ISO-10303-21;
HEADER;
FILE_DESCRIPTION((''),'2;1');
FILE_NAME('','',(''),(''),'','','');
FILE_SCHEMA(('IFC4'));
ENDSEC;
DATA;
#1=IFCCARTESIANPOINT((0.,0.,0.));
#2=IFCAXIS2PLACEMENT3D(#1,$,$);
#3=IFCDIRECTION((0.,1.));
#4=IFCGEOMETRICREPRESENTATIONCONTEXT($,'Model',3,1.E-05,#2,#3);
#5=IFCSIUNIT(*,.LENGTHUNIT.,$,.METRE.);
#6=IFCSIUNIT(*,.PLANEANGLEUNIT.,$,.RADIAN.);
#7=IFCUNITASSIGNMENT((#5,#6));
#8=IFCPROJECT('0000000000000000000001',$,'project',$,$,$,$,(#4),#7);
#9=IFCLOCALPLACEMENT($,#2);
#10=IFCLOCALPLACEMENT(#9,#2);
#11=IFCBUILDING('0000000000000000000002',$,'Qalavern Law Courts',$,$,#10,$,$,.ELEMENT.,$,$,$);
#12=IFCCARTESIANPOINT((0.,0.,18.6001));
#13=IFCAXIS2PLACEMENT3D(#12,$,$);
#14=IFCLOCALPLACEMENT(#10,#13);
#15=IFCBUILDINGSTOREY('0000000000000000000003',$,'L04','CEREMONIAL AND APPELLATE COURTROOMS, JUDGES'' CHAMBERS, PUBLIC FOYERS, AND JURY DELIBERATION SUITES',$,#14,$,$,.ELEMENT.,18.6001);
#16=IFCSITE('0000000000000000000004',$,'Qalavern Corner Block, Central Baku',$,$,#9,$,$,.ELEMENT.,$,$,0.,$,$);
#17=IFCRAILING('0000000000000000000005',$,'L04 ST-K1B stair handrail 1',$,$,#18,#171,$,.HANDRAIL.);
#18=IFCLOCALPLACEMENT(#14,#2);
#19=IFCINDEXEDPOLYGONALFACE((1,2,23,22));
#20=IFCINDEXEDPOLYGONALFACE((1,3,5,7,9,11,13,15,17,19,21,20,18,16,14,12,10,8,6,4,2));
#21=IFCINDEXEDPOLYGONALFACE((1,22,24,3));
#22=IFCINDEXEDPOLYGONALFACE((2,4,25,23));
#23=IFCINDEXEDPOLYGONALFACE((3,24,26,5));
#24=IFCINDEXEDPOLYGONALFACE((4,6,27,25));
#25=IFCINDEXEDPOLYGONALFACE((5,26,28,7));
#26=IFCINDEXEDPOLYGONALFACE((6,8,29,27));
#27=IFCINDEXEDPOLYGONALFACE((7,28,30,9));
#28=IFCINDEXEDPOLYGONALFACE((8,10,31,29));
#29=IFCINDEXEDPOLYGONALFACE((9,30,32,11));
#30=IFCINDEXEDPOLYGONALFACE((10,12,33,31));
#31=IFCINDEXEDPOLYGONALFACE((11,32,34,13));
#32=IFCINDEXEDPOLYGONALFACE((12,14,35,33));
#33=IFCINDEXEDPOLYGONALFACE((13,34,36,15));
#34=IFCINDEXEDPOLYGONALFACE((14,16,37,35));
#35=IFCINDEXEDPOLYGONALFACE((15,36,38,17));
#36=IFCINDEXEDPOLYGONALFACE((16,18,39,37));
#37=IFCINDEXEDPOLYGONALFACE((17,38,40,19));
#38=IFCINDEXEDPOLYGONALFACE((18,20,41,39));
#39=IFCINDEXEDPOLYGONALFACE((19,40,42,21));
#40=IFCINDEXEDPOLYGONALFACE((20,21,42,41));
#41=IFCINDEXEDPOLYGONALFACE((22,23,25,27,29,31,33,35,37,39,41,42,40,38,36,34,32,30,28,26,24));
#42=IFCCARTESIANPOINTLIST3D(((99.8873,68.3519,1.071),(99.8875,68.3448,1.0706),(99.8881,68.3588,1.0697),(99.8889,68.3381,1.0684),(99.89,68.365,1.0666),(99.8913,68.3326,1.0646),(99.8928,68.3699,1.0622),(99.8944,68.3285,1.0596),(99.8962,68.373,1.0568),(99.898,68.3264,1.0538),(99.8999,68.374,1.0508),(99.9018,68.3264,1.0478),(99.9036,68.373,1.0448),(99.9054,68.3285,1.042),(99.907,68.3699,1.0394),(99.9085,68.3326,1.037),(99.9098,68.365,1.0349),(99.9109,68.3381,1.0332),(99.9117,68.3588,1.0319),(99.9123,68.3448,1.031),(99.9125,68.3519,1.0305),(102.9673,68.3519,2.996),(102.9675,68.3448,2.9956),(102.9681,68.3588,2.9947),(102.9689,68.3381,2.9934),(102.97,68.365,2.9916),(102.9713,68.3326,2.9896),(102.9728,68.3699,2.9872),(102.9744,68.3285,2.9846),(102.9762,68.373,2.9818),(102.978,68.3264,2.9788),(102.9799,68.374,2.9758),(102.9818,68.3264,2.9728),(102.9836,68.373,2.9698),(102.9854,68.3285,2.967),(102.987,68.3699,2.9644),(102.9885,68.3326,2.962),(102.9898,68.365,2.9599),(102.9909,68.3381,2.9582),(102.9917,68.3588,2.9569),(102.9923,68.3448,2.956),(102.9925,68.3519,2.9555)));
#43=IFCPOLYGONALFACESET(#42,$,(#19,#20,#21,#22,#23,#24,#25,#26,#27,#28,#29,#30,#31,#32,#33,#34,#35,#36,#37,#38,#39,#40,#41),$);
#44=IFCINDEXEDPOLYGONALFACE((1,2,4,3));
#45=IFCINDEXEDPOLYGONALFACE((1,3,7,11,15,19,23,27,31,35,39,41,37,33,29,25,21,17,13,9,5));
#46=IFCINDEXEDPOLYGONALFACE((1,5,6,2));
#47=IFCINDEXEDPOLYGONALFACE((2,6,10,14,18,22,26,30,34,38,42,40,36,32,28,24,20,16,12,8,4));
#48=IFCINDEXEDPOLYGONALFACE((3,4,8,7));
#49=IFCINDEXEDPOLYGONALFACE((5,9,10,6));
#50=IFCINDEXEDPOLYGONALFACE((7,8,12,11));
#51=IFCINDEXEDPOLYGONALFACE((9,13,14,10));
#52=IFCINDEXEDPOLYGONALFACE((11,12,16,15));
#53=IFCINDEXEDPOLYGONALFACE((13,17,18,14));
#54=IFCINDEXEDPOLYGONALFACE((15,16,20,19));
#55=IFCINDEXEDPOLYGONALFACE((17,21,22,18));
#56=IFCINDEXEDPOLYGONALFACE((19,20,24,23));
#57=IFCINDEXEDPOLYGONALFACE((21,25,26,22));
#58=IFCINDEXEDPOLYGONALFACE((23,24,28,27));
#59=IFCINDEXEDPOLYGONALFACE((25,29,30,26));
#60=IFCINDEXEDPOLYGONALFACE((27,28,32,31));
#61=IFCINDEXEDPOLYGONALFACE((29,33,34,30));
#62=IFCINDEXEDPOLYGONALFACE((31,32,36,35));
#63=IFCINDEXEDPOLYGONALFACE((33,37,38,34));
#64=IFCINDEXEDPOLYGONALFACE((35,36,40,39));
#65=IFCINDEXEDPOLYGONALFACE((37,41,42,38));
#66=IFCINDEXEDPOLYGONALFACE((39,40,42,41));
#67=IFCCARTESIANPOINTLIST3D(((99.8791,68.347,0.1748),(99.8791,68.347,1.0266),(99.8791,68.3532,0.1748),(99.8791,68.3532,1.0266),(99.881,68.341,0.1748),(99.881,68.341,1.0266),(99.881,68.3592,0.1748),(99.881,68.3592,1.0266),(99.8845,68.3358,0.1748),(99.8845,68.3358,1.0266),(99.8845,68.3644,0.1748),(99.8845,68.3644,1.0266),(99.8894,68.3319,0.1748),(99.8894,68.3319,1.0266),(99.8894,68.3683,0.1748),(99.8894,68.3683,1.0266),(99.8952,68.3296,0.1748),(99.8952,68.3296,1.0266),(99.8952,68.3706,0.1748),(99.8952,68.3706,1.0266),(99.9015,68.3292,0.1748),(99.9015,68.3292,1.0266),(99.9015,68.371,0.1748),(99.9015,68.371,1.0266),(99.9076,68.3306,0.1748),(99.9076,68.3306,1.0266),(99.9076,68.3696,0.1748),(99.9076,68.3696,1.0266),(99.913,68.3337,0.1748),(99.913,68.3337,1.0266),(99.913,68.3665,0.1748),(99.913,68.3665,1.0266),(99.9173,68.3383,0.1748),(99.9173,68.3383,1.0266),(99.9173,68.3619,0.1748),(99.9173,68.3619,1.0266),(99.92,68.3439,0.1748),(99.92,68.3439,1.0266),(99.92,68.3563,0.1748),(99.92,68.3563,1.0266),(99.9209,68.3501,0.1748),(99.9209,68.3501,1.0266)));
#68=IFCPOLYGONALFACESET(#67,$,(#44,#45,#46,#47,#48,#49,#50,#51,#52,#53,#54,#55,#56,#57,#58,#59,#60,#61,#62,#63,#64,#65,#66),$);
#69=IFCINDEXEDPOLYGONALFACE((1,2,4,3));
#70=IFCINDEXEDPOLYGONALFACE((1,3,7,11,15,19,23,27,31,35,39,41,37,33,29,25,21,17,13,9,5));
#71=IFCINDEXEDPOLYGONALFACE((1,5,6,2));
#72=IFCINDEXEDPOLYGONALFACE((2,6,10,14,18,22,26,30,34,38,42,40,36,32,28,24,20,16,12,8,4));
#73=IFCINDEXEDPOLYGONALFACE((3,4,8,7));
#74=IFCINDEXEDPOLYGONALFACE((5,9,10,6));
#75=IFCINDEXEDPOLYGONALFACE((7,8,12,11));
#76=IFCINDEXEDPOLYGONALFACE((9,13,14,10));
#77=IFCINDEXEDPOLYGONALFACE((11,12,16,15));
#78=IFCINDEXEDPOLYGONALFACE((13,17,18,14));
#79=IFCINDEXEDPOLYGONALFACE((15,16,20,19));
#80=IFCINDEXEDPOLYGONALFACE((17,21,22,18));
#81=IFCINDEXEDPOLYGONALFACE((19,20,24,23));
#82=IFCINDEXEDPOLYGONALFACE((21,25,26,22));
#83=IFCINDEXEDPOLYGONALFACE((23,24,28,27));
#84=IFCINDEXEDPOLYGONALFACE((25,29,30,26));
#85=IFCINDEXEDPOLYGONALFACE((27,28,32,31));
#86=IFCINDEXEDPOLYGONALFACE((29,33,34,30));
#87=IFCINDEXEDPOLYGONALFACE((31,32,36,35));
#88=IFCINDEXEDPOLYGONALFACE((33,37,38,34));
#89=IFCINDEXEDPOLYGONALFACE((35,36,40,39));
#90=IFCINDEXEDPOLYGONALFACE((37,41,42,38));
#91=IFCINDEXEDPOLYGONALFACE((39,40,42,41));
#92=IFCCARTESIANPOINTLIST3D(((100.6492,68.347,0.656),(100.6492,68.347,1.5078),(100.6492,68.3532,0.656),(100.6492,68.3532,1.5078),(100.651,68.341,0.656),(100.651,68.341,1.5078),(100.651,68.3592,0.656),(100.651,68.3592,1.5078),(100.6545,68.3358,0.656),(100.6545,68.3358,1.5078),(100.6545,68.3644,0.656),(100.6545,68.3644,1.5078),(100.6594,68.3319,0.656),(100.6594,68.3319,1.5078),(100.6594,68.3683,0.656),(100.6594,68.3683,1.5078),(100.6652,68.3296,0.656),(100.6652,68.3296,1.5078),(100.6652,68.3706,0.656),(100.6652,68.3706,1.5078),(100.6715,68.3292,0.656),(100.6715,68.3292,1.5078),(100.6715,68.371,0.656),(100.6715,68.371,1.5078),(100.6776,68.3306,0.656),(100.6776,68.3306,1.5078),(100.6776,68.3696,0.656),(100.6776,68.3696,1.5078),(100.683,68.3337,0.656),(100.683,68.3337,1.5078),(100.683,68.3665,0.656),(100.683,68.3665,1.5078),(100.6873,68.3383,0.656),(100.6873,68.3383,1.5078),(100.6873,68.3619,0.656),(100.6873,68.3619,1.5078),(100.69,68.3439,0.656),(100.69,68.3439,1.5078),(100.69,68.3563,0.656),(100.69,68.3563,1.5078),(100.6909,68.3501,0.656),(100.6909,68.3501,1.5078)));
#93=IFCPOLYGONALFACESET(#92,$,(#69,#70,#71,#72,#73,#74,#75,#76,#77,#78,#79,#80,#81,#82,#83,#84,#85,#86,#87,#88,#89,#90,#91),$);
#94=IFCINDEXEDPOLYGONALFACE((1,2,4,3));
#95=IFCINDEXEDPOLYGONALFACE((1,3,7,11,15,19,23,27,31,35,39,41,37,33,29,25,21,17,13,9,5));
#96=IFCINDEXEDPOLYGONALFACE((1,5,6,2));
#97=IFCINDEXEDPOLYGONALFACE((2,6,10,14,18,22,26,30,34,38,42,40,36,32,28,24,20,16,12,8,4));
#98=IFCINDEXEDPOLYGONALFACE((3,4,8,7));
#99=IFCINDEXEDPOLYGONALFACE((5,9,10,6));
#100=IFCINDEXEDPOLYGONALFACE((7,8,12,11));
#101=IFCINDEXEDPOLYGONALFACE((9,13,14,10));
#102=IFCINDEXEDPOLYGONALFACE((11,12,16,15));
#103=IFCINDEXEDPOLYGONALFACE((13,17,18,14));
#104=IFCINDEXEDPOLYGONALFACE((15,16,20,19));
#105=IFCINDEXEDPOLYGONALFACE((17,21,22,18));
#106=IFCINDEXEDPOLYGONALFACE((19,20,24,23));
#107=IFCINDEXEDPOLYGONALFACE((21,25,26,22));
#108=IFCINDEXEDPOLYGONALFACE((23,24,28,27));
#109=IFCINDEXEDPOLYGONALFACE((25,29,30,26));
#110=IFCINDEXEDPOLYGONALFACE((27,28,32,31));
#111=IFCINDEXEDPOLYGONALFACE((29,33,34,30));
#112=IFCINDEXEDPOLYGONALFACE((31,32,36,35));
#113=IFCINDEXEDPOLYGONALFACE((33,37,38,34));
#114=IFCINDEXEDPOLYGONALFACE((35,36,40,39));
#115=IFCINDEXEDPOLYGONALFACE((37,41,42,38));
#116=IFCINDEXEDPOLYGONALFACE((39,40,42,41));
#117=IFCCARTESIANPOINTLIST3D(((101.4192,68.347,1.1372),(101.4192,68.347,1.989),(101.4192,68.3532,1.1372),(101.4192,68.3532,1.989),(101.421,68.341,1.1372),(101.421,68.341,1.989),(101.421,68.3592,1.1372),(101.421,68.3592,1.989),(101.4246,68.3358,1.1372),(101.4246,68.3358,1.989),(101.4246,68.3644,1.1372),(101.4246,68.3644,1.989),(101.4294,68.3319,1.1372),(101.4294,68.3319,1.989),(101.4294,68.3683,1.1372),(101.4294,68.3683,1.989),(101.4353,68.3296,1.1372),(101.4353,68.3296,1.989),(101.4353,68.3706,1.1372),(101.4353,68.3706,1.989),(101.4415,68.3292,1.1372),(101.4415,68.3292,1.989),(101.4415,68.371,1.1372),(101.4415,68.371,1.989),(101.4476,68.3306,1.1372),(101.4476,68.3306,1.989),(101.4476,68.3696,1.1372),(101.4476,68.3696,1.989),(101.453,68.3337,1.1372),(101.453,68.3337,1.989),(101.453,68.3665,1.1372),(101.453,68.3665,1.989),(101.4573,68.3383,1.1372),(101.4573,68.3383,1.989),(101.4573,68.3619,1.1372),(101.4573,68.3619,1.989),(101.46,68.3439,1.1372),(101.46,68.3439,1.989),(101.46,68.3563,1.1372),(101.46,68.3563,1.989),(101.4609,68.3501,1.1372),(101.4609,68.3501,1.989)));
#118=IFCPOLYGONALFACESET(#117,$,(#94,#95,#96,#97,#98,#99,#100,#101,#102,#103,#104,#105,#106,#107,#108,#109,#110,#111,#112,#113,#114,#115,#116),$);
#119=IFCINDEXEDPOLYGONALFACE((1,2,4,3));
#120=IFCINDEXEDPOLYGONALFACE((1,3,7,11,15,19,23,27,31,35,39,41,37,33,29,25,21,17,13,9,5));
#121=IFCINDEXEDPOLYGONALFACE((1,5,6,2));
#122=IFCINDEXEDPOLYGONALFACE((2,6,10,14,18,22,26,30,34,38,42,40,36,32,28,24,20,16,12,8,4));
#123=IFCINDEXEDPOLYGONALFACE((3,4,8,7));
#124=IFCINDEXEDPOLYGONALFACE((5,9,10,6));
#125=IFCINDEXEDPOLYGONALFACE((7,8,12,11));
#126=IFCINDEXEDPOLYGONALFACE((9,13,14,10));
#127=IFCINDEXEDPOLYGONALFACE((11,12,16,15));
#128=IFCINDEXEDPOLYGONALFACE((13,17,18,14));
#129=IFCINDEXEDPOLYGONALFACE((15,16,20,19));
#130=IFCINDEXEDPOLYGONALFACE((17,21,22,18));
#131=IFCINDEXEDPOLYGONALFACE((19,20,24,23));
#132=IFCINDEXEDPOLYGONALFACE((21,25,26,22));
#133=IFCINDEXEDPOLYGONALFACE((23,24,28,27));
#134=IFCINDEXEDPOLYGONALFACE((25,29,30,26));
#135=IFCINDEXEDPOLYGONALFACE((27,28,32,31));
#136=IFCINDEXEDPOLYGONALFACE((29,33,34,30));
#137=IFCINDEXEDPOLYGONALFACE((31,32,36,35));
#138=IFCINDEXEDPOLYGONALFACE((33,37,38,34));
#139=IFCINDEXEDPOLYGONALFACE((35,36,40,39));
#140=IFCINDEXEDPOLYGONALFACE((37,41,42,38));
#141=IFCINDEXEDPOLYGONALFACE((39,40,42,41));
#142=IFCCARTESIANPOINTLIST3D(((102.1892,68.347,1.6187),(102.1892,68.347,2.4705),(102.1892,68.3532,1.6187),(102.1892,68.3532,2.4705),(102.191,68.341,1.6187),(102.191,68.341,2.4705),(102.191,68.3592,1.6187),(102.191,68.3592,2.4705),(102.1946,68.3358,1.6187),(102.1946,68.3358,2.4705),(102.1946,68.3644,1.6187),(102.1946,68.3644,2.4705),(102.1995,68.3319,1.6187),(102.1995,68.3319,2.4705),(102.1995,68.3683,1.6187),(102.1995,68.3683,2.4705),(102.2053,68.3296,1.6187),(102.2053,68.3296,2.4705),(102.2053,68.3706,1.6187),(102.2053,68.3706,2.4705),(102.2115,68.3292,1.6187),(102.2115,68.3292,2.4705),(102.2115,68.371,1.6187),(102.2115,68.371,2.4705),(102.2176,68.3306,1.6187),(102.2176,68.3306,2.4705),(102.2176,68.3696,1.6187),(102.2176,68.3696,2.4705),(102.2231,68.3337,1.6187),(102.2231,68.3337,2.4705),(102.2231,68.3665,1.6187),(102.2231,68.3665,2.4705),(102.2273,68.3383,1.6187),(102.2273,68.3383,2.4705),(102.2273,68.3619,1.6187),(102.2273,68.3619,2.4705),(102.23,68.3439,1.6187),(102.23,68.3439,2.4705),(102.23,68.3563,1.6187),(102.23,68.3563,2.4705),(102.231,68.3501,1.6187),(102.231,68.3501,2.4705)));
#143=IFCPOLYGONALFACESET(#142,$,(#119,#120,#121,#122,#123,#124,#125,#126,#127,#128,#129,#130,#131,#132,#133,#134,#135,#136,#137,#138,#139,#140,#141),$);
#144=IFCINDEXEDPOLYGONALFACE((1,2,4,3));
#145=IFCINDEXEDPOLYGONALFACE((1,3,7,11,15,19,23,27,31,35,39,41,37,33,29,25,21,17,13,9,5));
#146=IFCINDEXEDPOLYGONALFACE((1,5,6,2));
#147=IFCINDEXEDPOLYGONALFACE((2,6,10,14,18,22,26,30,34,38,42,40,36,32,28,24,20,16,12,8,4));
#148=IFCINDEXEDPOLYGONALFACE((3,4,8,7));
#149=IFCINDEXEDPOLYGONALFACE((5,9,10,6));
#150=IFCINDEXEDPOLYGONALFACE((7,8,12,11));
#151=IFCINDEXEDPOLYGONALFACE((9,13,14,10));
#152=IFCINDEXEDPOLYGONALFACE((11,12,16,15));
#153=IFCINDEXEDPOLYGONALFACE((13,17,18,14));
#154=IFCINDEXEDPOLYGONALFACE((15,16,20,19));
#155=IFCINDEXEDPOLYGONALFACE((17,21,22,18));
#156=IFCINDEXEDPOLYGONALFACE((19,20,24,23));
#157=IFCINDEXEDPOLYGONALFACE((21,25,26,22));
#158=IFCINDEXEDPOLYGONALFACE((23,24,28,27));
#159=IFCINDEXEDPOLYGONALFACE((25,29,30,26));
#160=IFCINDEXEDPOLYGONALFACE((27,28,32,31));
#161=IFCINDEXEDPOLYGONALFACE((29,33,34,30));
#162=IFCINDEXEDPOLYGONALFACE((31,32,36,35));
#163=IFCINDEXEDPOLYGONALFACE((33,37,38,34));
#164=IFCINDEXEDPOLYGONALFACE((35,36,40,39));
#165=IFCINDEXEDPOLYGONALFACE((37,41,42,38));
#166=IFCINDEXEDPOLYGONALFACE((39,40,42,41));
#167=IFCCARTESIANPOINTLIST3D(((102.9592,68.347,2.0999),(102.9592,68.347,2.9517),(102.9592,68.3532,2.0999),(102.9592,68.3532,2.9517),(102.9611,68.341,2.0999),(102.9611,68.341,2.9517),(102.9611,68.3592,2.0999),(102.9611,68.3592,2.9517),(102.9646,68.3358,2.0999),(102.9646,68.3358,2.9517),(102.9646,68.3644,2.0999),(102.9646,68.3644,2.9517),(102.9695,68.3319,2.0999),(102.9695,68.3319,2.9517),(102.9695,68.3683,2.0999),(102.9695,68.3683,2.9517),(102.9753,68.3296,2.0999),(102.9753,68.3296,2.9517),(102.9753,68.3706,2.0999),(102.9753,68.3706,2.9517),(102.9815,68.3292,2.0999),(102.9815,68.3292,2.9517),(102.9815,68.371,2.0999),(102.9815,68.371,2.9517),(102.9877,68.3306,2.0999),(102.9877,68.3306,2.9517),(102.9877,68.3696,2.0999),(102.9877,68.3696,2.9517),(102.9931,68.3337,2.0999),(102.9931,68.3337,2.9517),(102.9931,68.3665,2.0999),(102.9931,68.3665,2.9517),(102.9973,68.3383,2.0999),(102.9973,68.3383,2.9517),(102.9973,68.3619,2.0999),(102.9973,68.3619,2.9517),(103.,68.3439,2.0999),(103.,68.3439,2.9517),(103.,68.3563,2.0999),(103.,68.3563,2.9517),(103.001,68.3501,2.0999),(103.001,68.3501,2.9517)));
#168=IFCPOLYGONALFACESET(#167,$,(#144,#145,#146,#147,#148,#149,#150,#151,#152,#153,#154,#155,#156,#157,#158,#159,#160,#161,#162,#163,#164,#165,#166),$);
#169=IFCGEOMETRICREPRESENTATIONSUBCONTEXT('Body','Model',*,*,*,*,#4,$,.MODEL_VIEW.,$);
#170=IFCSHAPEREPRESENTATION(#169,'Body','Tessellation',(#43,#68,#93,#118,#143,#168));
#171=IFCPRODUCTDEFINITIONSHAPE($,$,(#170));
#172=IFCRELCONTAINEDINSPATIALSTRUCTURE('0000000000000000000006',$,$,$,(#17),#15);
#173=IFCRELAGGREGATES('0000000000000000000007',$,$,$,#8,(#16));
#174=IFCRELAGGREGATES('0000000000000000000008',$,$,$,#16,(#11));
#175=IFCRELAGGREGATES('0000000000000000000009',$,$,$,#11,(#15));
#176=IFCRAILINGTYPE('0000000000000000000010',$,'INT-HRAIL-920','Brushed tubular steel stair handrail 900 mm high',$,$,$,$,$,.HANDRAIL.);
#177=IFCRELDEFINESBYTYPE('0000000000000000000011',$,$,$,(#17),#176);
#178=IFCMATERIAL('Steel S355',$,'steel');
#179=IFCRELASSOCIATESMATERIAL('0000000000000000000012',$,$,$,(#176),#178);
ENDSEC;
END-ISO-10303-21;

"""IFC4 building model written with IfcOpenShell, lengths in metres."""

from ifc_helpers import new_model, si_unit, direction, frame, origin, origin_2d, place, context, subcontext, project, spatial, circle, extrude, material, type_object, element, save


model = new_model("IFC4")

# Units and contexts
model_context = context("Model", 3, precision=1e-05, world=origin(), true_north=direction((0.0, 1.0)))
body_context = subcontext(model_context, "Body", "Model", "MODEL_VIEW")
ifc_project = project(units=[si_unit("LENGTHUNIT", "METRE"), si_unit("PLANEANGLEUNIT", "RADIAN")], contexts=[model_context])

# Site, building, storey
site_placement = place(None, origin())
site = spatial("IfcSite", under=ifc_project, at=site_placement, Name="Qalavern Corner Block, Central Baku", CompositionType="ELEMENT", RefElevation=0.0)
building_placement = place(site_placement, origin())
building = spatial("IfcBuilding", under=site, at=building_placement, Name="Qalavern Law Courts", CompositionType="ELEMENT")
storey_placement = place(building_placement, frame((0.0, 0.0, 18.6001)))
storey = spatial("IfcBuildingStorey", under=building, at=storey_placement, Name="L04", Description="CEREMONIAL AND APPELLATE COURTROOMS, JUDGES' CHAMBERS, PUBLIC FOYERS, AND JURY DELIBERATION SUITES", CompositionType="ELEMENT", Elevation=18.6001)

# Shared definitions
ifc_material_1 = material(Name="Steel S355", Category="steel")

# Railing
railing_type_1 = type_object("IfcRailingType", Name="INT-HRAIL-920", Description="Brushed tubular steel stair handrail 900 mm high", PredefinedType="HANDRAIL", material=ifc_material_1)
railing_1_placement = place(storey_placement, frame((99.8999, 68.3501, 0.1748)))
element("IfcRailing", 1, at=railing_1_placement, inside=storey, type_object=railing_type_1, Name="L04 ST-K1B stair handrail 1", PredefinedType="HANDRAIL", context=body_context, shape_type="SweptSolid", body=[
    extrude(circle(Radius=0.0239, at=origin_2d()), frame((0.0, 0.0, 0.876), z_axis=(0.847998, 0.0, 0.529999), x_axis=(0.0, 1.0, 0.0)), (0.0, 0.0, 1.0), 3.6321),
    extrude(circle(Radius=0.021, at=origin_2d()), origin(), (0.0, 0.0, 1.0), 0.8518),
    extrude(circle(Radius=0.021, at=origin_2d()), frame((0.77, 0.0, 0.4812)), (0.0, 0.0, 1.0), 0.8518),
    extrude(circle(Radius=0.021, at=origin_2d()), frame((1.54, 0.0, 0.9624)), (0.0, 0.0, 1.0), 0.8518),
    extrude(circle(Radius=0.021, at=origin_2d()), frame((2.3101, 0.0, 1.4438)), (0.0, 0.0, 1.0), 0.8518),
    extrude(circle(Radius=0.021, at=origin_2d()), frame((3.0801, 0.0, 1.925)), (0.0, 0.0, 1.0), 0.8518),
])

save(model, "model.ifc")
